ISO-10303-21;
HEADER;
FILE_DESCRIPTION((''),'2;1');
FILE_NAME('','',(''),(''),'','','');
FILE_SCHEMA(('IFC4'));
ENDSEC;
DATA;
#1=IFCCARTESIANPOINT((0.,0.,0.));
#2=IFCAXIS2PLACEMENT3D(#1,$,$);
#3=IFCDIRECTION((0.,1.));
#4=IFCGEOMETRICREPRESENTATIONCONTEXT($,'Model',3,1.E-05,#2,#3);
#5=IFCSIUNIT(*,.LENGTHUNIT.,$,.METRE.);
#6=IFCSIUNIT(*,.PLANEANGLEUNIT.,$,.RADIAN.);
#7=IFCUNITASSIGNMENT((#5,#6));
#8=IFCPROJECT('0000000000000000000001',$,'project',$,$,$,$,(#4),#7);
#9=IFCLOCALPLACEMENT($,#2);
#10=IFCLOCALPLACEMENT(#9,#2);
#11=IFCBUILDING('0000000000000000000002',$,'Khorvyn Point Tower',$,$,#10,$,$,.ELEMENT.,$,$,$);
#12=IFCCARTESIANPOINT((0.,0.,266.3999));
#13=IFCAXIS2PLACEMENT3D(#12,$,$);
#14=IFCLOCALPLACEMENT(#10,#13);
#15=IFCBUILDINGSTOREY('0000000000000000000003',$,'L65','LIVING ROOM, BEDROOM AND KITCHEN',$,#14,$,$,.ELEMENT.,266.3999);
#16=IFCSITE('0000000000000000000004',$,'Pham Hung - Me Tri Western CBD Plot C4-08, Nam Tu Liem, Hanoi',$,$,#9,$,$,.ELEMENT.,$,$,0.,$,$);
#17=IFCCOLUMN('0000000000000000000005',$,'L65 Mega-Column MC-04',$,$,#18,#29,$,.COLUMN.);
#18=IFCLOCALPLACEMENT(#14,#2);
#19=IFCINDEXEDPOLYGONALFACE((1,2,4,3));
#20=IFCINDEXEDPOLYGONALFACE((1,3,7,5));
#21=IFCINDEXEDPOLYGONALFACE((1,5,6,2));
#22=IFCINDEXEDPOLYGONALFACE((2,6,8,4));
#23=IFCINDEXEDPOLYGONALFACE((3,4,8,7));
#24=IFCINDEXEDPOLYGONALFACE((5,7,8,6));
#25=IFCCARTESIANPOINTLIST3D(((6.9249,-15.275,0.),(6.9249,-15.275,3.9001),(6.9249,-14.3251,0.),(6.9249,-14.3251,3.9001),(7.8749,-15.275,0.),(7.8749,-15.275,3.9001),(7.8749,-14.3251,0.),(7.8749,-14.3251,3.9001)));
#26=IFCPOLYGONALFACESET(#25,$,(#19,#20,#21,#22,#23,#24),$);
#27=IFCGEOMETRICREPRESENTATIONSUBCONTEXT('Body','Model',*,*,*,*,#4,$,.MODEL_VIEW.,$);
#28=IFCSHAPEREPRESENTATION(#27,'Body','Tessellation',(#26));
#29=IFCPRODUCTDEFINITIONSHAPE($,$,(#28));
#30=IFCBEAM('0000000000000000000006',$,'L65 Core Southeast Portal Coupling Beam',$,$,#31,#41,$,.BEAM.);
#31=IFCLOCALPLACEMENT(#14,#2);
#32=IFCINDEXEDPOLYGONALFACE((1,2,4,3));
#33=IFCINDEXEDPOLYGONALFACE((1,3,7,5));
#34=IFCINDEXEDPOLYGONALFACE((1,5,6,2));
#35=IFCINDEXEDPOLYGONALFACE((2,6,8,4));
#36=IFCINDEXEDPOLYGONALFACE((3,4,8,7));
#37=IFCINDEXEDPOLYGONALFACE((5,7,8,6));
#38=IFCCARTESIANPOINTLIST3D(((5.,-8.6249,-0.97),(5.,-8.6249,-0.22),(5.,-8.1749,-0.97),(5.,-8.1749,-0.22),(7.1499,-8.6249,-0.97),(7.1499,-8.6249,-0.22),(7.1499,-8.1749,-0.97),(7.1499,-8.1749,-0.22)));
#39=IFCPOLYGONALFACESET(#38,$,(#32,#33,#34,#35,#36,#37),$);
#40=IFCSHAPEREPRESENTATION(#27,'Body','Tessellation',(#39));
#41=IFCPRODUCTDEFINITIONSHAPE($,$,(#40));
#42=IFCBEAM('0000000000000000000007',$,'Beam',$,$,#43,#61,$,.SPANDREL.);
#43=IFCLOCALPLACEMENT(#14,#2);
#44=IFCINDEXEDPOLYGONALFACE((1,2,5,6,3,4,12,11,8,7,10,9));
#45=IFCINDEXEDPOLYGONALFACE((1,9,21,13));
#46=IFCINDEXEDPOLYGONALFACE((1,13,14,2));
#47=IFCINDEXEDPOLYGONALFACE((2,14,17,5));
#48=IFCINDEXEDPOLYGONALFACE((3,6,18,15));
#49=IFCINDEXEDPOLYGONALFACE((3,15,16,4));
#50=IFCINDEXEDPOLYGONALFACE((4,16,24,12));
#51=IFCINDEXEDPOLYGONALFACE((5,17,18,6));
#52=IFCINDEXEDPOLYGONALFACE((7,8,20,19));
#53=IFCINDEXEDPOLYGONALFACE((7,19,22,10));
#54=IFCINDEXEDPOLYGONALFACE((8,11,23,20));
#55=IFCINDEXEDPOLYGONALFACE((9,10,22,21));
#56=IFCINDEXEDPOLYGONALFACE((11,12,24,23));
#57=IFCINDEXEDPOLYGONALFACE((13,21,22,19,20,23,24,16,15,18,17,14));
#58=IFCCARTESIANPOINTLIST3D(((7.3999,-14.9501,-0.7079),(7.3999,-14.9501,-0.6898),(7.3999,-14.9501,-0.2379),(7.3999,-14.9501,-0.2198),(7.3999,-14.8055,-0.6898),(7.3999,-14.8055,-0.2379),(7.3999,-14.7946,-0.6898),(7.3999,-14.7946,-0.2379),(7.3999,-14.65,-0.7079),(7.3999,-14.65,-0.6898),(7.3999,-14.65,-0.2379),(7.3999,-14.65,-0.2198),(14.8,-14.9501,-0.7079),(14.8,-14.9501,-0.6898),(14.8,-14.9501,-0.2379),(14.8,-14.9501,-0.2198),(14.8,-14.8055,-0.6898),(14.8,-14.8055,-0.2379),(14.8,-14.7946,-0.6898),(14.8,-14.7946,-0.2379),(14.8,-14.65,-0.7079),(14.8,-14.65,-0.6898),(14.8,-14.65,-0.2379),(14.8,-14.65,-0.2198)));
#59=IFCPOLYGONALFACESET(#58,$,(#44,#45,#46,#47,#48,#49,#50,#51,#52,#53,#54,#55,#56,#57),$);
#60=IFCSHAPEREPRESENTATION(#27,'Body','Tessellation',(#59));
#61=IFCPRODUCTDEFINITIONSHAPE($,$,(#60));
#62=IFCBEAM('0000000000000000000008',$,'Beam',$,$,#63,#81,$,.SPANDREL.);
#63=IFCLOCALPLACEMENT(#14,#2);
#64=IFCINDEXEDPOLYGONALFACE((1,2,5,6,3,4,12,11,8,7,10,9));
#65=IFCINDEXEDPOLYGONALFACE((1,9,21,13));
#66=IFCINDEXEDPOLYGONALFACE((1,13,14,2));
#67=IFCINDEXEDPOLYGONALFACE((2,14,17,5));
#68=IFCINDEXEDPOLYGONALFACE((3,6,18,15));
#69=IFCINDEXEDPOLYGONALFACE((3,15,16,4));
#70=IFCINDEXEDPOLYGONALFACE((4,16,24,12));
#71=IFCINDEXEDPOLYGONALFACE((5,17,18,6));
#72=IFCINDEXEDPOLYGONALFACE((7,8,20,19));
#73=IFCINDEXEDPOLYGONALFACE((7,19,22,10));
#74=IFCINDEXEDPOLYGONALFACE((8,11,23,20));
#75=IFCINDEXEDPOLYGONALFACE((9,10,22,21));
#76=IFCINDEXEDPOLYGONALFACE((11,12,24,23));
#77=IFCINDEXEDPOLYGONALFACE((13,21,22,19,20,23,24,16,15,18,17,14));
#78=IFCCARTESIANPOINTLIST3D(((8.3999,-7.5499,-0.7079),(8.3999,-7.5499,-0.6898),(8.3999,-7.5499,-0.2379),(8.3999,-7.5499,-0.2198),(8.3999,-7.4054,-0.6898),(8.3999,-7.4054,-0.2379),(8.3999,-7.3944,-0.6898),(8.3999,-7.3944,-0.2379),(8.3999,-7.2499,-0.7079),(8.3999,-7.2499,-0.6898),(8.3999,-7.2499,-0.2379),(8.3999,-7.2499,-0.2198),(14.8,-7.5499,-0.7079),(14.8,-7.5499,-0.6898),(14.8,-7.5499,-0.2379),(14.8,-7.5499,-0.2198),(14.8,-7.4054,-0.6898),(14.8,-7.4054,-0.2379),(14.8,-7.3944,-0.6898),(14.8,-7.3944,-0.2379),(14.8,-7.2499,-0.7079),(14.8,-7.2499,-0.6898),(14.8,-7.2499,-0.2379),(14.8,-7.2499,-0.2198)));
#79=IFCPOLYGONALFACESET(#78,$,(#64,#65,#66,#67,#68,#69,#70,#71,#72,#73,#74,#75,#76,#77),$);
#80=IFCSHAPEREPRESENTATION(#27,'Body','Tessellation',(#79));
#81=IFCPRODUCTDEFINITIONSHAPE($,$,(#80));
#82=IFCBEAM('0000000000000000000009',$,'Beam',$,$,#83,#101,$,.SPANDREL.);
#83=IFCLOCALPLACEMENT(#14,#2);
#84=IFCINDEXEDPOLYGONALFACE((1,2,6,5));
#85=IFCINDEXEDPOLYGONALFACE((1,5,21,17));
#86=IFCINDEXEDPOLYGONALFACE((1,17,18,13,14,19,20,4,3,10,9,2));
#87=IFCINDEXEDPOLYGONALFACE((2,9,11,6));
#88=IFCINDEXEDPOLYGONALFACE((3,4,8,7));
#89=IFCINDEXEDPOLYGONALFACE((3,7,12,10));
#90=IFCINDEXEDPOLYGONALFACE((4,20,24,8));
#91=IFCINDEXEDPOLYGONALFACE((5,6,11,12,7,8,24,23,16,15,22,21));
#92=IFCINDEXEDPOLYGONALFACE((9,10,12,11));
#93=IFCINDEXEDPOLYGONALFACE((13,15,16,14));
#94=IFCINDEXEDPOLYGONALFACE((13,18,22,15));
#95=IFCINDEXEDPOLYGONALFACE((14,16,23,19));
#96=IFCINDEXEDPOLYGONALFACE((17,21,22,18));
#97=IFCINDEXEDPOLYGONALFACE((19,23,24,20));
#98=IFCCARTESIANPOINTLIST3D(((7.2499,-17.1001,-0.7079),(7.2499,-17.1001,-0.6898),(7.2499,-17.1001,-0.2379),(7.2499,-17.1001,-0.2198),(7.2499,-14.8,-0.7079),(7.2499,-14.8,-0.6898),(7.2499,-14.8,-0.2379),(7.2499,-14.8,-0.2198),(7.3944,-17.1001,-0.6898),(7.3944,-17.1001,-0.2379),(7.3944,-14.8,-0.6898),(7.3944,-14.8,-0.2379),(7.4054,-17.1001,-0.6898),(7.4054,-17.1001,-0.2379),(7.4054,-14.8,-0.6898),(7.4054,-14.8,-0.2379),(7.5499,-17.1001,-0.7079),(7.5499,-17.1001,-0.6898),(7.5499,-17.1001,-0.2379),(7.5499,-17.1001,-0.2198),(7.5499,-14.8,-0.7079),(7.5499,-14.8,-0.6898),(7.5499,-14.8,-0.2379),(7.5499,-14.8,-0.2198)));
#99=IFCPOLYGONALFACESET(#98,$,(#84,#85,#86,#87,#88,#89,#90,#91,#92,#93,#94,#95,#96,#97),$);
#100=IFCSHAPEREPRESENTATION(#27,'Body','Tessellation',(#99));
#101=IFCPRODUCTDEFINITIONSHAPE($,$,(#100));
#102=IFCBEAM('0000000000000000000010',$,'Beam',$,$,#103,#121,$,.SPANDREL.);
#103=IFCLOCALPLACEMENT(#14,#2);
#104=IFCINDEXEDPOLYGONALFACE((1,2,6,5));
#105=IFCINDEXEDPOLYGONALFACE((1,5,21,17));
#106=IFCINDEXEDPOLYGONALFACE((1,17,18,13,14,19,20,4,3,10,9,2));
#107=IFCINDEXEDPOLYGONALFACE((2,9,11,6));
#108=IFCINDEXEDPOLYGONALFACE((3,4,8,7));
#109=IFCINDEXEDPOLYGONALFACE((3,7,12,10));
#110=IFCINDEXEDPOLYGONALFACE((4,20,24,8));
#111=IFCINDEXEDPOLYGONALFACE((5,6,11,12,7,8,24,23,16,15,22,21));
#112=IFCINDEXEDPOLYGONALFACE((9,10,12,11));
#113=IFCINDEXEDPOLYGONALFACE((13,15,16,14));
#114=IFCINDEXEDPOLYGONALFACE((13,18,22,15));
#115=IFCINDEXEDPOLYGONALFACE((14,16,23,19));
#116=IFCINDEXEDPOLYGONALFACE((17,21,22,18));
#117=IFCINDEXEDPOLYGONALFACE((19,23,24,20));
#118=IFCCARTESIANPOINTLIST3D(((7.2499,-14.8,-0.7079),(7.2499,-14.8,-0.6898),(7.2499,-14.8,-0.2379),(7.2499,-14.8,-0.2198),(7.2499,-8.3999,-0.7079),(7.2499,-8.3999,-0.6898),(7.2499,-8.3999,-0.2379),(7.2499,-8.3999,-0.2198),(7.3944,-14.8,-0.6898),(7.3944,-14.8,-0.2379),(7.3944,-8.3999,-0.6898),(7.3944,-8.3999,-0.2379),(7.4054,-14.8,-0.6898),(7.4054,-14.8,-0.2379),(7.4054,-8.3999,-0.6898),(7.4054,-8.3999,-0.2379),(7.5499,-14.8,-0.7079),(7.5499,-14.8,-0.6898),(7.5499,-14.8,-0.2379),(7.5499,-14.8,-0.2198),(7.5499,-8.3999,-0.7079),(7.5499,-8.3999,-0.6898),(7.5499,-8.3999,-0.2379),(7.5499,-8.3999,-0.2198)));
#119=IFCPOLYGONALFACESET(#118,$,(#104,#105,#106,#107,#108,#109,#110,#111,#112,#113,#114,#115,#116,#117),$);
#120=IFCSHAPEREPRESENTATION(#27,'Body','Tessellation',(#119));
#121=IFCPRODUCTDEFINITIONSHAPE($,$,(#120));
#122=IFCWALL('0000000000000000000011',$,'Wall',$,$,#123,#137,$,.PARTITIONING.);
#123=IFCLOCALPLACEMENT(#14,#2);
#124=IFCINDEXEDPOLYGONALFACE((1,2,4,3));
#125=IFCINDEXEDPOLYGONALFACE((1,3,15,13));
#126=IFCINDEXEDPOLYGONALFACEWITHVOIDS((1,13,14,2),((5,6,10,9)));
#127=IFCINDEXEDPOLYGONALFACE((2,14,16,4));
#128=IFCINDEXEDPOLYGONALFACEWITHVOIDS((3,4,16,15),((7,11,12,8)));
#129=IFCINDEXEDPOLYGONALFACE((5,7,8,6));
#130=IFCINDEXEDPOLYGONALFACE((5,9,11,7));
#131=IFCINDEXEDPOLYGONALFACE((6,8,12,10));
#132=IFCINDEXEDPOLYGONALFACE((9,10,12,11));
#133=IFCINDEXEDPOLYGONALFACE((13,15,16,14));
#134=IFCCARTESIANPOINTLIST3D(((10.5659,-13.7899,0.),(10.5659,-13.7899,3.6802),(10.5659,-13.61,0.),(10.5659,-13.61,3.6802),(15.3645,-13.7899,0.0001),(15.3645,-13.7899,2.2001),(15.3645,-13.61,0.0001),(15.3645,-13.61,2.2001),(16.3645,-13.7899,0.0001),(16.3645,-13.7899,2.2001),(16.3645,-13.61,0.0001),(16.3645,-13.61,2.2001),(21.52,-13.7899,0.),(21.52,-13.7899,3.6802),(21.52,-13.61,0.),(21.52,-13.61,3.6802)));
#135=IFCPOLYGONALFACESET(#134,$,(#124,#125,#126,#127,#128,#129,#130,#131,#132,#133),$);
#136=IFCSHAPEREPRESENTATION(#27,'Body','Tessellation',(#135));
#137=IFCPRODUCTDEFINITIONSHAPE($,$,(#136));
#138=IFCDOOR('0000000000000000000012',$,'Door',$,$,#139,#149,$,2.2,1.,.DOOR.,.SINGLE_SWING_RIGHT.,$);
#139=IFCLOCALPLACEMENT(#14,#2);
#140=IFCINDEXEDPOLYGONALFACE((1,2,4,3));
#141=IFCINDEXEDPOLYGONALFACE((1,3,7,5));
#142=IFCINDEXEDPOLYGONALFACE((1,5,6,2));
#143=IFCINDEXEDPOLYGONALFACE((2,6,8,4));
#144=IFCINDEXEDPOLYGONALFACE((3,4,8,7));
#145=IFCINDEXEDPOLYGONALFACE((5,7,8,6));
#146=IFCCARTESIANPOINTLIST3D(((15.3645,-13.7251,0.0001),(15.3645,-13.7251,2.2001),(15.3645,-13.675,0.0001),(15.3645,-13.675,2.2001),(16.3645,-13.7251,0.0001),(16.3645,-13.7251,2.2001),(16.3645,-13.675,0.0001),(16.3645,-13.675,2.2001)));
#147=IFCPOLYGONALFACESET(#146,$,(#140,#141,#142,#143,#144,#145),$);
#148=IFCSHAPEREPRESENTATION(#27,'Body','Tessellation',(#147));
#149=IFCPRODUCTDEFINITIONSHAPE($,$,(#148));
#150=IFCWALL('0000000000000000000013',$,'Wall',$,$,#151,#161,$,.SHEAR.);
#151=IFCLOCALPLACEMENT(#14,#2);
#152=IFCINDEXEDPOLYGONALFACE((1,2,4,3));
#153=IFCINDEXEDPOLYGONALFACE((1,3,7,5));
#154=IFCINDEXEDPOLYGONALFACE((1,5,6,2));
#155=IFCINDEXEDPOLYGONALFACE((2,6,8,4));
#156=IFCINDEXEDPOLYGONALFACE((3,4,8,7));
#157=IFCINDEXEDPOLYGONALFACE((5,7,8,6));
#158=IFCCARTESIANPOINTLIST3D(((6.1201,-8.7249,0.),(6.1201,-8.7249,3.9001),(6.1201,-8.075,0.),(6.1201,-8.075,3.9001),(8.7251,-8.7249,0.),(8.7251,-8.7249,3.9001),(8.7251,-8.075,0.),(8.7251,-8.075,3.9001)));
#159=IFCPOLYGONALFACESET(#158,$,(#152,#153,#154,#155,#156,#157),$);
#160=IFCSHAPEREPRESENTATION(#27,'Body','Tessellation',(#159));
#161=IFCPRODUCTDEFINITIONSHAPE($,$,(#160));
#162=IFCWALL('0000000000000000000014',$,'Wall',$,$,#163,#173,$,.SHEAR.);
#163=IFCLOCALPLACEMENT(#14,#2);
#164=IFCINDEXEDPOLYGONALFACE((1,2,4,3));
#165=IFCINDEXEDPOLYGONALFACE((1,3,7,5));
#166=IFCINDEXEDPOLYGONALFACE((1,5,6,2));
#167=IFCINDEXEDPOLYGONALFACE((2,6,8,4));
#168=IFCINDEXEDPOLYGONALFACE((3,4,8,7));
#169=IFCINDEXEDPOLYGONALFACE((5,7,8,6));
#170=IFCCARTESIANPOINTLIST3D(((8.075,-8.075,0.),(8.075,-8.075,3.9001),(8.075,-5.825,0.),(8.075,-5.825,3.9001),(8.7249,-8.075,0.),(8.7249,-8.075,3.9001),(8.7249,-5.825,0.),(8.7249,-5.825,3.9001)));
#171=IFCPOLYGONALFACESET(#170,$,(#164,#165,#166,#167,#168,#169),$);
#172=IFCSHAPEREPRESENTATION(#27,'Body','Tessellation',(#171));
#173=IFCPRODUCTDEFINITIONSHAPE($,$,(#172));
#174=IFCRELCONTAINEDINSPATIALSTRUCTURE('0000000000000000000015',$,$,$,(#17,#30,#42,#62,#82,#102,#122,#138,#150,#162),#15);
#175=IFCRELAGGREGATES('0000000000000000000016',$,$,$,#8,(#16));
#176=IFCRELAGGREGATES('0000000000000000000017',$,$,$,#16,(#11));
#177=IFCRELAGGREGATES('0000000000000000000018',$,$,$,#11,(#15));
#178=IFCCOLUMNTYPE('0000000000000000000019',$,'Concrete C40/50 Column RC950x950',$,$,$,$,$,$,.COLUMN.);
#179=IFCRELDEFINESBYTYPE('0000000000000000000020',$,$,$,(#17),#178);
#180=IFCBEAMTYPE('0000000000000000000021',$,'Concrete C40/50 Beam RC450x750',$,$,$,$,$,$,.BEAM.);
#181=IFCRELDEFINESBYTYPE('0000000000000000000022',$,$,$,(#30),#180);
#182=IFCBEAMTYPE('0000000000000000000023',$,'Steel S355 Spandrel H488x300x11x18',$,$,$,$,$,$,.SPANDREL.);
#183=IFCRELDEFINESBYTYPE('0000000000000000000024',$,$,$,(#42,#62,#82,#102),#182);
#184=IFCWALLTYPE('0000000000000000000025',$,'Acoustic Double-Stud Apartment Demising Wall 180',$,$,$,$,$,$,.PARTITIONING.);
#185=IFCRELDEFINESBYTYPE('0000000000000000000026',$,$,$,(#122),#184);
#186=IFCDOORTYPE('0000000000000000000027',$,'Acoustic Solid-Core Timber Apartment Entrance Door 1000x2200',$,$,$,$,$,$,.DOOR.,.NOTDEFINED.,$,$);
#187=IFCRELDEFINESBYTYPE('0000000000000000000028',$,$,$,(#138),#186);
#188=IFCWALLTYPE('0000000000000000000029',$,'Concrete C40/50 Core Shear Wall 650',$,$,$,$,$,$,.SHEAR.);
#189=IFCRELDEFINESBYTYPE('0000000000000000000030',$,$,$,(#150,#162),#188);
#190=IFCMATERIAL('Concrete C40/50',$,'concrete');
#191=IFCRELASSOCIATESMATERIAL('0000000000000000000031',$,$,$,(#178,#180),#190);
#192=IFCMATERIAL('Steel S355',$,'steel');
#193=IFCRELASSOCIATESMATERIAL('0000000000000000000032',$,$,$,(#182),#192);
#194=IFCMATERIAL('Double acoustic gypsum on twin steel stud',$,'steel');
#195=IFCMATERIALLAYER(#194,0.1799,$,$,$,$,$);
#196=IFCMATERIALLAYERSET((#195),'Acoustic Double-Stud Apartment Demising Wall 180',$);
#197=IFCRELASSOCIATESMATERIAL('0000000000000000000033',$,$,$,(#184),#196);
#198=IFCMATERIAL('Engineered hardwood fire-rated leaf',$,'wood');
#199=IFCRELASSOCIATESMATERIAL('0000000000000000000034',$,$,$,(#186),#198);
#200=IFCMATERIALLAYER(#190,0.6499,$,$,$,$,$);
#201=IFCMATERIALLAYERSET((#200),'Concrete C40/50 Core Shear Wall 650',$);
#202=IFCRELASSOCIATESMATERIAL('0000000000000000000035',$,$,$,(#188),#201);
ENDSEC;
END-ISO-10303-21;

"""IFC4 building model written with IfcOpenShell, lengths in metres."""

from ifc_helpers import new_model, si_unit, direction, frame, frame_2d, origin, origin_2d, place, context, subcontext, project, spatial, rectangle, i_section, extrude, material, layer, layer_set, material_profile, profile_set, type_object, element, fill, save


model = new_model("IFC4")

# Units and contexts
model_context = context("Model", 3, precision=1e-05, world=origin(), true_north=direction((0.0, 1.0)))
body_context = subcontext(model_context, "Body", "Model", "MODEL_VIEW")
ifc_project = project(units=[si_unit("LENGTHUNIT", "METRE"), si_unit("PLANEANGLEUNIT", "RADIAN")], contexts=[model_context])

# Site, building, storey
site_placement = place(None, origin())
site = spatial("IfcSite", under=ifc_project, at=site_placement, Name="Pham Hung - Me Tri Western CBD Plot C4-08, Nam Tu Liem, Hanoi", CompositionType="ELEMENT", RefElevation=0.0)
building_placement = place(site_placement, origin())
building = spatial("IfcBuilding", under=site, at=building_placement, Name="Khorvyn Point Tower", CompositionType="ELEMENT")
storey_placement = place(building_placement, frame((0.0, 0.0, 266.3999)))
storey = spatial("IfcBuildingStorey", under=building, at=storey_placement, Name="L65", Description="LIVING ROOM, BEDROOM AND KITCHEN", CompositionType="ELEMENT", Elevation=266.3999)

# Column
ifc_material_1 = material(Name="Concrete C40/50", Category="concrete")
ifc_material_profile_1 = material_profile(ifc_material_1, rectangle(XDim=0.95, YDim=0.95, at=origin_2d()))
ifc_profile_set_1 = profile_set([ifc_material_profile_1], Name="Concrete C40/50 RC950x950")
column_type = type_object("IfcColumnType", Name="Concrete C40/50 Column RC950x950", PredefinedType="COLUMN", material=ifc_profile_set_1)
column_placement = place(storey_placement, frame((7.3999, -14.8, 0.0), z_axis=(0.0, 0.0, 1.0), x_axis=(1.0, 0.0, 0.0)))
element("IfcColumn", 1, at=column_placement, inside=storey, type_object=column_type, Name="L65 Mega-Column MC-04", PredefinedType="COLUMN", context=body_context, shape_type="SweptSolid", body=[
    extrude(rectangle(XDim=0.95, YDim=0.95, at=origin_2d()), origin(), (0.0, 0.0, 1.0), 3.9001),
])

# Beams
ifc_material_profile_2 = material_profile(ifc_material_1, rectangle(XDim=0.45, YDim=0.75, at=origin_2d()))
ifc_profile_set_2 = profile_set([ifc_material_profile_2], Name="Concrete C40/50 RC450x750")
beam_type_1 = type_object("IfcBeamType", Name="Concrete C40/50 Beam RC450x750", PredefinedType="BEAM", material=ifc_profile_set_2)
beam_1_placement = place(storey_placement, frame((5.0, -8.3999, -0.595), z_axis=(1.0, 0.0, 0.0), x_axis=(0.0, 1.0, 0.0)))
element("IfcBeam", 2, at=beam_1_placement, inside=storey, type_object=beam_type_1, Name="L65 Core Southeast Portal Coupling Beam", PredefinedType="BEAM", context=body_context, shape_type="SweptSolid", body=[
    extrude(rectangle(XDim=0.45, YDim=0.75, at=origin_2d()), origin(), (0.0, 0.0, 1.0), 2.1499),
])
ifc_material_2 = material(Name="Steel S355", Category="steel")
ifc_material_profile_3 = material_profile(ifc_material_2, i_section(OverallWidth=0.3, OverallDepth=0.488, WebThickness=0.011, FlangeThickness=0.0181, at=origin_2d()))
ifc_profile_set_3 = profile_set([ifc_material_profile_3], Name="Steel S355 H488x300x11x18")
beam_type_2 = type_object("IfcBeamType", Name="Steel S355 Spandrel H488x300x11x18", PredefinedType="SPANDREL", material=ifc_profile_set_3)
beam_2_placement = place(storey_placement, frame((7.3999, -14.8, -0.4639), z_axis=(1.0, 0.0, 0.0), x_axis=(0.0, 1.0, 0.0)))
element("IfcBeam", 3, at=beam_2_placement, inside=storey, type_object=beam_type_2, Name="Beam", PredefinedType="SPANDREL", context=body_context, shape_type="SweptSolid", body=[
    extrude(i_section(OverallWidth=0.3, OverallDepth=0.488, WebThickness=0.011, FlangeThickness=0.0181, at=origin_2d()), origin(), (0.0, 0.0, 1.0), 7.4001),
])
beam_3_placement = place(storey_placement, frame((8.3999, -7.3999, -0.4639), z_axis=(1.0, 0.0, 0.0), x_axis=(0.0, 1.0, 0.0)))
element("IfcBeam", 4, at=beam_3_placement, inside=storey, type_object=beam_type_2, Name="Beam", PredefinedType="SPANDREL", context=body_context, shape_type="SweptSolid", body=[
    extrude(i_section(OverallWidth=0.3, OverallDepth=0.488, WebThickness=0.011, FlangeThickness=0.0181, at=origin_2d()), origin(), (0.0, 0.0, 1.0), 6.4001),
])
beam_4_placement = place(storey_placement, frame((7.3999, -17.1001, -0.4639), z_axis=(0.0, 1.0, 0.0), x_axis=(-1.0, 0.0, 0.0)))
element("IfcBeam", 5, at=beam_4_placement, inside=storey, type_object=beam_type_2, Name="Beam", PredefinedType="SPANDREL", context=body_context, shape_type="SweptSolid", body=[
    extrude(i_section(OverallWidth=0.3, OverallDepth=0.488, WebThickness=0.011, FlangeThickness=0.0181, at=origin_2d()), origin(), (0.0, 0.0, 1.0), 2.3),
])
beam_5_placement = place(storey_placement, frame((7.3999, -14.8, -0.4639), z_axis=(0.0, 1.0, 0.0), x_axis=(-1.0, 0.0, 0.0)))
element("IfcBeam", 6, at=beam_5_placement, inside=storey, type_object=beam_type_2, Name="Beam", PredefinedType="SPANDREL", context=body_context, shape_type="SweptSolid", body=[
    extrude(i_section(OverallWidth=0.3, OverallDepth=0.488, WebThickness=0.011, FlangeThickness=0.0181, at=origin_2d()), origin(), (0.0, 0.0, 1.0), 6.4001),
])

# Wall, opening, door
ifc_material_3 = material(Name="Double acoustic gypsum on twin steel stud", Category="steel")
ifc_layer_1 = layer(ifc_material_3, 0.1799)
ifc_layer_set_1 = layer_set([ifc_layer_1], Name="Acoustic Double-Stud Apartment Demising Wall 180")
wall_type_1 = type_object("IfcWallType", Name="Acoustic Double-Stud Apartment Demising Wall 180", PredefinedType="PARTITIONING", material=ifc_layer_set_1)
wall_1_placement = place(storey_placement, frame((10.5659, -13.7, 0.0), z_axis=(0.0, 0.0, 1.0), x_axis=(1.0, 0.0, 0.0)))
wall_1 = element("IfcWall", 7, at=wall_1_placement, inside=storey, type_object=wall_type_1, Name="Wall", PredefinedType="PARTITIONING", context=body_context, shape_type="SweptSolid", body=[
    extrude(rectangle(XDim=10.9541, YDim=0.1799, at=frame_2d((5.4771, 0.0))), origin(), (0.0, 0.0, 1.0), 3.6802),
])
opening_1_placement = place(wall_1_placement, frame((4.7986, 0.0, 0.0)))
opening_1 = element("IfcOpeningElement", 8, at=opening_1_placement, cuts=wall_1, PredefinedType="OPENING", context=body_context, shape_type="SweptSolid", body=[
    extrude(rectangle(XDim=1.0, YDim=2.2, at=frame_2d((0.5, 1.1001))), frame((0.0, 0.0999, 0.0), z_axis=(0.0, -1.0, 0.0), x_axis=(1.0, 0.0, 0.0)), (0.0, 0.0, 1.0), 0.2),
])
ifc_material_4 = material(Name="Engineered hardwood fire-rated leaf", Category="wood")
door_type_1 = type_object("IfcDoorType", Name="Acoustic Solid-Core Timber Apartment Entrance Door 1000x2200", OperationType="NOTDEFINED", PredefinedType="DOOR", material=ifc_material_4)
door_1_placement = place(opening_1_placement, origin())
door_1 = element("IfcDoor", 9, at=door_1_placement, inside=storey, type_object=door_type_1, Name="Door", OperationType="SINGLE_SWING_RIGHT", OverallHeight=2.2, OverallWidth=1.0, PredefinedType="DOOR", context=body_context, shape_type="SweptSolid", body=[
    extrude(rectangle(XDim=1.0, YDim=2.2, at=frame_2d((0.5, 1.1001))), frame((0.0, 0.0249, 0.0), z_axis=(0.0, -1.0, 0.0), x_axis=(1.0, 0.0, 0.0)), (0.0, 0.0, 1.0), 0.05),
])
fill(opening_1, door_1)

# Walls
ifc_layer_2 = layer(ifc_material_1, 0.6499)
ifc_layer_set_2 = layer_set([ifc_layer_2], Name="Concrete C40/50 Core Shear Wall 650")
wall_type_2 = type_object("IfcWallType", Name="Concrete C40/50 Core Shear Wall 650", PredefinedType="SHEAR", material=ifc_layer_set_2)
wall_2_placement = place(storey_placement, frame((6.1201, -8.3999, 0.0), z_axis=(0.0, 0.0, 1.0), x_axis=(1.0, 0.0, 0.0)))
element("IfcWall", 10, at=wall_2_placement, inside=storey, type_object=wall_type_2, Name="Wall", PredefinedType="SHEAR", context=body_context, shape_type="SweptSolid", body=[
    extrude(rectangle(XDim=2.605, YDim=0.6499, at=frame_2d((1.3025, 0.0))), origin(), (0.0, 0.0, 1.0), 3.9001),
])
wall_3_placement = place(storey_placement, frame((8.3999, -8.075, 0.0), z_axis=(0.0, 0.0, 1.0), x_axis=(0.0, 1.0, 0.0)))
element("IfcWall", 11, at=wall_3_placement, inside=storey, type_object=wall_type_2, Name="Wall", PredefinedType="SHEAR", context=body_context, shape_type="SweptSolid", body=[
    extrude(rectangle(XDim=2.25, YDim=0.6499, at=frame_2d((1.125, 0.0))), origin(), (0.0, 0.0, 1.0), 3.9001),
])

save(model, "model.ifc")
